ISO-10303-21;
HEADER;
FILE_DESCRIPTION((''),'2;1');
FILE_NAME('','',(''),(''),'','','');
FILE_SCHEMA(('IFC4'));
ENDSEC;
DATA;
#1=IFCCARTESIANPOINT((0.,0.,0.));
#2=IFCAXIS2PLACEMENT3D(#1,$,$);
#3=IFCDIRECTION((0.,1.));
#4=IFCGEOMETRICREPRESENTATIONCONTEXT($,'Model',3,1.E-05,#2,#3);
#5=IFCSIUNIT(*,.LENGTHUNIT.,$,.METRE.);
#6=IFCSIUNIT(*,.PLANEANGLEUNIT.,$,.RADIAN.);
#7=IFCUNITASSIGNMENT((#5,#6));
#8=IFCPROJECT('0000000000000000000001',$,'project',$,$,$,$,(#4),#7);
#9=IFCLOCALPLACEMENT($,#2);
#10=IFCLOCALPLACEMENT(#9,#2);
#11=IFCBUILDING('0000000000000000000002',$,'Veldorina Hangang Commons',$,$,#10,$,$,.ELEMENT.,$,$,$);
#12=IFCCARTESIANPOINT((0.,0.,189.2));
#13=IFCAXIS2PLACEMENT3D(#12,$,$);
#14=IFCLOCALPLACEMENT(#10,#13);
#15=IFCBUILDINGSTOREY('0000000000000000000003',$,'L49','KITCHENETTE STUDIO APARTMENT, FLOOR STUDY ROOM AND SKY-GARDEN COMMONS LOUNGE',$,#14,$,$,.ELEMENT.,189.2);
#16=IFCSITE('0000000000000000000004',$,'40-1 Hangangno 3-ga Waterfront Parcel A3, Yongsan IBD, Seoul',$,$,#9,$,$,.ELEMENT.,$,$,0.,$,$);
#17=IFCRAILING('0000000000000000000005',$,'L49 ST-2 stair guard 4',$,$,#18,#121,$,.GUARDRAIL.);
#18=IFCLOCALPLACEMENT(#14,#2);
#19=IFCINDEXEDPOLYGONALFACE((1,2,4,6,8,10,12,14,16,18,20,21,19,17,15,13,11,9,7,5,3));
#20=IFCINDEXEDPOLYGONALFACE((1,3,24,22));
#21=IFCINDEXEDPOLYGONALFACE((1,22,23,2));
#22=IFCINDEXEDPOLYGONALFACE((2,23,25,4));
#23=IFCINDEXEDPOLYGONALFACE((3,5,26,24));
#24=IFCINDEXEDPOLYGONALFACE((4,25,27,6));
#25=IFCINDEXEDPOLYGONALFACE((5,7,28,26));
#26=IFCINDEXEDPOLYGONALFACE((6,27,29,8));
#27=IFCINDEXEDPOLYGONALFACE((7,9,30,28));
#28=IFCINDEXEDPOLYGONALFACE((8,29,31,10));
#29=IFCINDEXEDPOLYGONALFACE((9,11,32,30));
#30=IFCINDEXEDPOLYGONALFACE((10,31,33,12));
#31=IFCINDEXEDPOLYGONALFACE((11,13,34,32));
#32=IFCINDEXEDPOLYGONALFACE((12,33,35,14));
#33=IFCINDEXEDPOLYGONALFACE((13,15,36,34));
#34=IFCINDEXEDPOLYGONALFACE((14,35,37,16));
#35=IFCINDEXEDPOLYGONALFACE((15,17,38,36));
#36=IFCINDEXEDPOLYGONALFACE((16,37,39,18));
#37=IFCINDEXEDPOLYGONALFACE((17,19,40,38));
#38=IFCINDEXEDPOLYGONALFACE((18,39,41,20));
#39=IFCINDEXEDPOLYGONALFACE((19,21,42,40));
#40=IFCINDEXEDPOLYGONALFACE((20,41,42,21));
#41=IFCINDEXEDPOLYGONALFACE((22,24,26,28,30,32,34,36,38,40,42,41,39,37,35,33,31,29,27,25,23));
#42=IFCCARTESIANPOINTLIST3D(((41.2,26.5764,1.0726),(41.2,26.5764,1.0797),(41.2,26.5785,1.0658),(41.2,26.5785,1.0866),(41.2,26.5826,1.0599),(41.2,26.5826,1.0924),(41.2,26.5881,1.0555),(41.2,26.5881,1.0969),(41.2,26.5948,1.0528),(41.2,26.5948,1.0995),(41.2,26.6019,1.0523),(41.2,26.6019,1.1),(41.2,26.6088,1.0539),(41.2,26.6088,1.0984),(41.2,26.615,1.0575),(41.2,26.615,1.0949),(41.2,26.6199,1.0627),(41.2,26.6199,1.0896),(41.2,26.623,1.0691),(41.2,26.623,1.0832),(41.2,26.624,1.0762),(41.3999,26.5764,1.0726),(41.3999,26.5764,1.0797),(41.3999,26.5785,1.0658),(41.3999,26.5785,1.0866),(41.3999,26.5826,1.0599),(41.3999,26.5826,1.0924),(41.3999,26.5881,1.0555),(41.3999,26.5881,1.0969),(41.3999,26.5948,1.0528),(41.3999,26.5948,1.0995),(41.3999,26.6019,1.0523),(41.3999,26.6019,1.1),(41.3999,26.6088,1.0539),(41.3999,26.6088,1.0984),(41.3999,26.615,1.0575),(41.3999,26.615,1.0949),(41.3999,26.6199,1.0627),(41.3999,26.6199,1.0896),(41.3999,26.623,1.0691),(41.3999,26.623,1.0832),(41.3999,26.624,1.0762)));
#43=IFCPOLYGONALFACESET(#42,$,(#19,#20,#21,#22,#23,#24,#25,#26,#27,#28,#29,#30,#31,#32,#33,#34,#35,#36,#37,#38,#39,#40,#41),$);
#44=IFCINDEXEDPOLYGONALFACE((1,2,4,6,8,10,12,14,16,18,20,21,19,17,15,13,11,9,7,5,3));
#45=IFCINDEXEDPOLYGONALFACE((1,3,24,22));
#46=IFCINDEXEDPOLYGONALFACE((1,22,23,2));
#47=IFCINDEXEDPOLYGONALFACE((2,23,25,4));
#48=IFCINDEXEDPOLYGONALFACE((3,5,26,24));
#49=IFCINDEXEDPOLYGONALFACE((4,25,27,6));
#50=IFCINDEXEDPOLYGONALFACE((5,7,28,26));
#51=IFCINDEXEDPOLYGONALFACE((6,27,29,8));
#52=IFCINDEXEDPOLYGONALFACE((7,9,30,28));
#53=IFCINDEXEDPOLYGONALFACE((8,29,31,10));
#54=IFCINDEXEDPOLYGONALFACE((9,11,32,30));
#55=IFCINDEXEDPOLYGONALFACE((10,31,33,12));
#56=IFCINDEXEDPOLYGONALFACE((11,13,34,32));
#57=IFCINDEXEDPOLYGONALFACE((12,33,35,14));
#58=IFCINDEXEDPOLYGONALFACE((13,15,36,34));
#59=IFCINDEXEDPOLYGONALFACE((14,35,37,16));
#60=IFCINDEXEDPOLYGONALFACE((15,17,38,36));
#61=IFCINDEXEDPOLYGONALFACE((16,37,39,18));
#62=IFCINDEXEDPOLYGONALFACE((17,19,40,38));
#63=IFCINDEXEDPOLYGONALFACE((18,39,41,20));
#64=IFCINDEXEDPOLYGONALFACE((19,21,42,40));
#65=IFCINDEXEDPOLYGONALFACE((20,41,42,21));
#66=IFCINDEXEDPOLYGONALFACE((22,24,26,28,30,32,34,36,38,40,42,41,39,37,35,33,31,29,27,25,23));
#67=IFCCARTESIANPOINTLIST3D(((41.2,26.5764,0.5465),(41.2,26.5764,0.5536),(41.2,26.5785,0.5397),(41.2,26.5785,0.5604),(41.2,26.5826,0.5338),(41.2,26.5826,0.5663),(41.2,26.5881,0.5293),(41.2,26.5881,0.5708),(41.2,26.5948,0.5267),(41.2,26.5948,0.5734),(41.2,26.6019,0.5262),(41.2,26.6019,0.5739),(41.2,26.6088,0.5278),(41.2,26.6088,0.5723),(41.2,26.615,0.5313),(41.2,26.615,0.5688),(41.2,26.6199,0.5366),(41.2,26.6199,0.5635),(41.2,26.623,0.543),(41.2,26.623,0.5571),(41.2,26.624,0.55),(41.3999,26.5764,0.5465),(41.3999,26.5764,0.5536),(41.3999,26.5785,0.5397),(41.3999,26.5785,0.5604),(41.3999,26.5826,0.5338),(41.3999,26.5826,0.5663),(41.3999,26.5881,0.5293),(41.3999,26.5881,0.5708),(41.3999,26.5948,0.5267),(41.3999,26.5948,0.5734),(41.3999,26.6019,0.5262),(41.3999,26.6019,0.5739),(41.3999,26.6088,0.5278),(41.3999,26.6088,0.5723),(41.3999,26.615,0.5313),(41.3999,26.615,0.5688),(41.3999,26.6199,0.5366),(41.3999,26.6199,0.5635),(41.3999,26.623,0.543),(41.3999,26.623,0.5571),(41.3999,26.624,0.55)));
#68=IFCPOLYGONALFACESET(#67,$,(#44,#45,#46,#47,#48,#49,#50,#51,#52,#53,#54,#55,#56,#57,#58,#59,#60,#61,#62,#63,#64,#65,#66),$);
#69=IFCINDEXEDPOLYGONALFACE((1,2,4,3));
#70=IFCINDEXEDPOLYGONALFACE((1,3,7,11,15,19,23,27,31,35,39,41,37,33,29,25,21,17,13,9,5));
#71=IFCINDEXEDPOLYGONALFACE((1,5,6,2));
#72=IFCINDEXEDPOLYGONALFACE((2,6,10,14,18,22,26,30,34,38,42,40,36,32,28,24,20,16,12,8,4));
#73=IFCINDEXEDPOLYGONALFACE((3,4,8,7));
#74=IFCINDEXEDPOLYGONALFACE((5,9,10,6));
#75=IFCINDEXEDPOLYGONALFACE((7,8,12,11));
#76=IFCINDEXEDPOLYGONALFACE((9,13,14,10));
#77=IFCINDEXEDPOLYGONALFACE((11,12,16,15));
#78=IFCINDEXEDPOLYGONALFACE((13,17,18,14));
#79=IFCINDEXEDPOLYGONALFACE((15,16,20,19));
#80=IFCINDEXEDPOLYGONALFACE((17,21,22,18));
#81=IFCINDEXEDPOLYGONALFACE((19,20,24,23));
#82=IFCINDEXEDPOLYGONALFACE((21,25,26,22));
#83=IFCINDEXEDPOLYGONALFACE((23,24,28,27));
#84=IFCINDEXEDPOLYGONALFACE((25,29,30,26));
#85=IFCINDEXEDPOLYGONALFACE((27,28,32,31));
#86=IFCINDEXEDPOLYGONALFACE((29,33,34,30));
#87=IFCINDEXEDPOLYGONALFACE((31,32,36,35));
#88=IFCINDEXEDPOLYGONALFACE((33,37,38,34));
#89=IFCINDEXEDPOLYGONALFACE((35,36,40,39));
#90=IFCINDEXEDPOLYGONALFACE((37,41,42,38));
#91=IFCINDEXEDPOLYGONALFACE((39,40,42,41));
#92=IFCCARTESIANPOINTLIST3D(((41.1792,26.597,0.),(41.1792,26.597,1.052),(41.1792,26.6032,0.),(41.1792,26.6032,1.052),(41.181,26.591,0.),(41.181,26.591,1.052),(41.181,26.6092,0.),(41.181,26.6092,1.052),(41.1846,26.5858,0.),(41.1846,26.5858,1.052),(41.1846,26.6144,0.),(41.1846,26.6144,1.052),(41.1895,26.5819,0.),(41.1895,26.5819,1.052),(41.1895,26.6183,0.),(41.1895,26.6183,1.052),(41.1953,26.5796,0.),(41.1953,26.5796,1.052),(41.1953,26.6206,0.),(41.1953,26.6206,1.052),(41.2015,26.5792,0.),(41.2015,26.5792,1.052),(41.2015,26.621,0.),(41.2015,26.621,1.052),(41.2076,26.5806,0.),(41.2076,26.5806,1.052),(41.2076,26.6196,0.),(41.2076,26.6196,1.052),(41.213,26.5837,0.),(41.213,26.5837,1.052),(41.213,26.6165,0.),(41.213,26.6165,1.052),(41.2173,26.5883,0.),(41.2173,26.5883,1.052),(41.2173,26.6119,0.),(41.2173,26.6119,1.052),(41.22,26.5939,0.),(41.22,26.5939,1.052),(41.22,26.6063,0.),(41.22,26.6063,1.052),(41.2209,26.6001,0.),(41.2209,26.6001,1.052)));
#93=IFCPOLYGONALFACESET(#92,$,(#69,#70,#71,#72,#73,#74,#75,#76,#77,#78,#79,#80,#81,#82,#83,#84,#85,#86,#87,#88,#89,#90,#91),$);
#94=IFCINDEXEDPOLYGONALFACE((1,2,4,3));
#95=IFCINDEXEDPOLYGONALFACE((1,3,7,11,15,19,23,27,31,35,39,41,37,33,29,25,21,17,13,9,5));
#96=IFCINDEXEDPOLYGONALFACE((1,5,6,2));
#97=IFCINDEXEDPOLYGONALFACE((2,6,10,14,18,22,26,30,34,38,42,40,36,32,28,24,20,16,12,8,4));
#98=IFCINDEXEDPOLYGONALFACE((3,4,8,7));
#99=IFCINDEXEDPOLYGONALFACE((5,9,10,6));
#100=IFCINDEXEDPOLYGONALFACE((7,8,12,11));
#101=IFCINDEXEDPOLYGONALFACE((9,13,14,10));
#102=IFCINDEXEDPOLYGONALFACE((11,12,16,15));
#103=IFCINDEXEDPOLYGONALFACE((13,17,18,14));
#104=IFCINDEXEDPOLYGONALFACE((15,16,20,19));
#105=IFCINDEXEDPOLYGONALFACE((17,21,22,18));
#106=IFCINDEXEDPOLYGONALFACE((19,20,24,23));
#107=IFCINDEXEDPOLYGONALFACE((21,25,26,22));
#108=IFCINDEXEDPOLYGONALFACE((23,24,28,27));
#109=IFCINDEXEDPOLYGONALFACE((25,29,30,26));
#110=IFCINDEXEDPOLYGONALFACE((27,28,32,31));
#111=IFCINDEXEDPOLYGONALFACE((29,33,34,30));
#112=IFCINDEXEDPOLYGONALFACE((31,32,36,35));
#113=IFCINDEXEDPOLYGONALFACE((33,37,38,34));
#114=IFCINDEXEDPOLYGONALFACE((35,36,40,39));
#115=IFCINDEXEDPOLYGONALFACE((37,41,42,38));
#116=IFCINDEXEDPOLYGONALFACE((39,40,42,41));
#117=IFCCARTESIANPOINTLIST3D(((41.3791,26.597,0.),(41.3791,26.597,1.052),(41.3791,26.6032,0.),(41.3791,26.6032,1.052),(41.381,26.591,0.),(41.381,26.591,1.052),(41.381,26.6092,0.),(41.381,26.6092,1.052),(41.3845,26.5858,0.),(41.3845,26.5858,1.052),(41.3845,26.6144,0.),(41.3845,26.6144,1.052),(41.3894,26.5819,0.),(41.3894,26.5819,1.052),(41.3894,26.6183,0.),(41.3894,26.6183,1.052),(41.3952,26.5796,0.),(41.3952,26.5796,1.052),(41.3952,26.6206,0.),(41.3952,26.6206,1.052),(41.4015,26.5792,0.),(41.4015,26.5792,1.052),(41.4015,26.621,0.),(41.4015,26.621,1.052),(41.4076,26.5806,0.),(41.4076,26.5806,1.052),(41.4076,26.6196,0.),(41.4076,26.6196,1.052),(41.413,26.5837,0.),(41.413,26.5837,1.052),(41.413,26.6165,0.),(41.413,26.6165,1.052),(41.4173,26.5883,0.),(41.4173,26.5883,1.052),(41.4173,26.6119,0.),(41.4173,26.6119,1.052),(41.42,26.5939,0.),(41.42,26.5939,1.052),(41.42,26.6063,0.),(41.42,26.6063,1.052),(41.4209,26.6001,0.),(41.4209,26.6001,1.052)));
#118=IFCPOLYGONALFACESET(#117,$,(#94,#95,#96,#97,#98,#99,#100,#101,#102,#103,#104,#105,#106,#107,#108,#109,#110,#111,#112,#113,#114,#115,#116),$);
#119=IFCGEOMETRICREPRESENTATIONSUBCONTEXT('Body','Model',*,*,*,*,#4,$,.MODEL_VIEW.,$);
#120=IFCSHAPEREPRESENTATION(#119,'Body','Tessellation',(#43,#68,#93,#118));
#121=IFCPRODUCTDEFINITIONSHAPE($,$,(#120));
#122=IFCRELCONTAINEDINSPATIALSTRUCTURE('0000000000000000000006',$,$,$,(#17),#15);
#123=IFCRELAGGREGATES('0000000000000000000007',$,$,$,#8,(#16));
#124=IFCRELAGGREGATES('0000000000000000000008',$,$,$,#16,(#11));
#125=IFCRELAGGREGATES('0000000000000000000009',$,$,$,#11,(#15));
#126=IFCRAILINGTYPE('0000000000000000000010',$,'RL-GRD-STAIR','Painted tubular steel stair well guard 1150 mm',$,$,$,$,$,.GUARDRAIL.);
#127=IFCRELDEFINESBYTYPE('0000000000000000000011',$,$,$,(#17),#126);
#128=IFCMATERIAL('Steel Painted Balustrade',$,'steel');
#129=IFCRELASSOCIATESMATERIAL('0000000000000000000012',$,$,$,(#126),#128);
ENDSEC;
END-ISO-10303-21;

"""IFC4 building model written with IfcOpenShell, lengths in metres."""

from ifc_helpers import new_model, si_unit, direction, frame, origin, origin_2d, place, context, subcontext, project, spatial, circle, extrude, material, type_object, element, save


model = new_model("IFC4")

# Units and contexts
model_context = context("Model", 3, precision=1e-05, world=origin(), true_north=direction((0.0, 1.0)))
body_context = subcontext(model_context, "Body", "Model", "MODEL_VIEW")
ifc_project = project(units=[si_unit("LENGTHUNIT", "METRE"), si_unit("PLANEANGLEUNIT", "RADIAN")], contexts=[model_context])

# Site, building, storey
site_placement = place(None, origin())
site = spatial("IfcSite", under=ifc_project, at=site_placement, Name="40-1 Hangangno 3-ga Waterfront Parcel A3, Yongsan IBD, Seoul", CompositionType="ELEMENT", RefElevation=0.0)
building_placement = place(site_placement, origin())
building = spatial("IfcBuilding", under=site, at=building_placement, Name="Veldorina Hangang Commons", CompositionType="ELEMENT")
storey_placement = place(building_placement, frame((0.0, 0.0, 189.2)))
storey = spatial("IfcBuildingStorey", under=building, at=storey_placement, Name="L49", Description="KITCHENETTE STUDIO APARTMENT, FLOOR STUDY ROOM AND SKY-GARDEN COMMONS LOUNGE", CompositionType="ELEMENT", Elevation=189.2)

# Railing
ifc_material_1 = material(Name="Steel Painted Balustrade", Category="steel")
railing_type_1 = type_object("IfcRailingType", Name="RL-GRD-STAIR", Description="Painted tubular steel stair well guard 1150 mm", PredefinedType="GUARDRAIL", material=ifc_material_1)
railing_1_placement = place(storey_placement, frame((41.2, 26.6001, 0.0)))
element("IfcRailing", 1, at=railing_1_placement, inside=storey, type_object=railing_type_1, Name="L49 ST-2 stair guard 4", PredefinedType="GUARDRAIL", context=body_context, shape_type="SweptSolid", body=[
    extrude(circle(Radius=0.0239, at=origin_2d()), frame((0.0, 0.0, 1.0762), z_axis=(1.0, 0.0, 0.0), x_axis=(0.0, 1.0, 0.0)), (0.0, 0.0, 1.0), 0.2),
    extrude(circle(Radius=0.0239, at=origin_2d()), frame((0.0, 0.0, 0.55), z_axis=(1.0, 0.0, 0.0), x_axis=(0.0, 1.0, 0.0)), (0.0, 0.0, 1.0), 0.2),
    extrude(circle(Radius=0.021, at=origin_2d()), origin(), (0.0, 0.0, 1.0), 1.052),
    extrude(circle(Radius=0.021, at=origin_2d()), frame((0.2, 0.0, 0.0)), (0.0, 0.0, 1.0), 1.052),
])

save(model, "model.ifc")
